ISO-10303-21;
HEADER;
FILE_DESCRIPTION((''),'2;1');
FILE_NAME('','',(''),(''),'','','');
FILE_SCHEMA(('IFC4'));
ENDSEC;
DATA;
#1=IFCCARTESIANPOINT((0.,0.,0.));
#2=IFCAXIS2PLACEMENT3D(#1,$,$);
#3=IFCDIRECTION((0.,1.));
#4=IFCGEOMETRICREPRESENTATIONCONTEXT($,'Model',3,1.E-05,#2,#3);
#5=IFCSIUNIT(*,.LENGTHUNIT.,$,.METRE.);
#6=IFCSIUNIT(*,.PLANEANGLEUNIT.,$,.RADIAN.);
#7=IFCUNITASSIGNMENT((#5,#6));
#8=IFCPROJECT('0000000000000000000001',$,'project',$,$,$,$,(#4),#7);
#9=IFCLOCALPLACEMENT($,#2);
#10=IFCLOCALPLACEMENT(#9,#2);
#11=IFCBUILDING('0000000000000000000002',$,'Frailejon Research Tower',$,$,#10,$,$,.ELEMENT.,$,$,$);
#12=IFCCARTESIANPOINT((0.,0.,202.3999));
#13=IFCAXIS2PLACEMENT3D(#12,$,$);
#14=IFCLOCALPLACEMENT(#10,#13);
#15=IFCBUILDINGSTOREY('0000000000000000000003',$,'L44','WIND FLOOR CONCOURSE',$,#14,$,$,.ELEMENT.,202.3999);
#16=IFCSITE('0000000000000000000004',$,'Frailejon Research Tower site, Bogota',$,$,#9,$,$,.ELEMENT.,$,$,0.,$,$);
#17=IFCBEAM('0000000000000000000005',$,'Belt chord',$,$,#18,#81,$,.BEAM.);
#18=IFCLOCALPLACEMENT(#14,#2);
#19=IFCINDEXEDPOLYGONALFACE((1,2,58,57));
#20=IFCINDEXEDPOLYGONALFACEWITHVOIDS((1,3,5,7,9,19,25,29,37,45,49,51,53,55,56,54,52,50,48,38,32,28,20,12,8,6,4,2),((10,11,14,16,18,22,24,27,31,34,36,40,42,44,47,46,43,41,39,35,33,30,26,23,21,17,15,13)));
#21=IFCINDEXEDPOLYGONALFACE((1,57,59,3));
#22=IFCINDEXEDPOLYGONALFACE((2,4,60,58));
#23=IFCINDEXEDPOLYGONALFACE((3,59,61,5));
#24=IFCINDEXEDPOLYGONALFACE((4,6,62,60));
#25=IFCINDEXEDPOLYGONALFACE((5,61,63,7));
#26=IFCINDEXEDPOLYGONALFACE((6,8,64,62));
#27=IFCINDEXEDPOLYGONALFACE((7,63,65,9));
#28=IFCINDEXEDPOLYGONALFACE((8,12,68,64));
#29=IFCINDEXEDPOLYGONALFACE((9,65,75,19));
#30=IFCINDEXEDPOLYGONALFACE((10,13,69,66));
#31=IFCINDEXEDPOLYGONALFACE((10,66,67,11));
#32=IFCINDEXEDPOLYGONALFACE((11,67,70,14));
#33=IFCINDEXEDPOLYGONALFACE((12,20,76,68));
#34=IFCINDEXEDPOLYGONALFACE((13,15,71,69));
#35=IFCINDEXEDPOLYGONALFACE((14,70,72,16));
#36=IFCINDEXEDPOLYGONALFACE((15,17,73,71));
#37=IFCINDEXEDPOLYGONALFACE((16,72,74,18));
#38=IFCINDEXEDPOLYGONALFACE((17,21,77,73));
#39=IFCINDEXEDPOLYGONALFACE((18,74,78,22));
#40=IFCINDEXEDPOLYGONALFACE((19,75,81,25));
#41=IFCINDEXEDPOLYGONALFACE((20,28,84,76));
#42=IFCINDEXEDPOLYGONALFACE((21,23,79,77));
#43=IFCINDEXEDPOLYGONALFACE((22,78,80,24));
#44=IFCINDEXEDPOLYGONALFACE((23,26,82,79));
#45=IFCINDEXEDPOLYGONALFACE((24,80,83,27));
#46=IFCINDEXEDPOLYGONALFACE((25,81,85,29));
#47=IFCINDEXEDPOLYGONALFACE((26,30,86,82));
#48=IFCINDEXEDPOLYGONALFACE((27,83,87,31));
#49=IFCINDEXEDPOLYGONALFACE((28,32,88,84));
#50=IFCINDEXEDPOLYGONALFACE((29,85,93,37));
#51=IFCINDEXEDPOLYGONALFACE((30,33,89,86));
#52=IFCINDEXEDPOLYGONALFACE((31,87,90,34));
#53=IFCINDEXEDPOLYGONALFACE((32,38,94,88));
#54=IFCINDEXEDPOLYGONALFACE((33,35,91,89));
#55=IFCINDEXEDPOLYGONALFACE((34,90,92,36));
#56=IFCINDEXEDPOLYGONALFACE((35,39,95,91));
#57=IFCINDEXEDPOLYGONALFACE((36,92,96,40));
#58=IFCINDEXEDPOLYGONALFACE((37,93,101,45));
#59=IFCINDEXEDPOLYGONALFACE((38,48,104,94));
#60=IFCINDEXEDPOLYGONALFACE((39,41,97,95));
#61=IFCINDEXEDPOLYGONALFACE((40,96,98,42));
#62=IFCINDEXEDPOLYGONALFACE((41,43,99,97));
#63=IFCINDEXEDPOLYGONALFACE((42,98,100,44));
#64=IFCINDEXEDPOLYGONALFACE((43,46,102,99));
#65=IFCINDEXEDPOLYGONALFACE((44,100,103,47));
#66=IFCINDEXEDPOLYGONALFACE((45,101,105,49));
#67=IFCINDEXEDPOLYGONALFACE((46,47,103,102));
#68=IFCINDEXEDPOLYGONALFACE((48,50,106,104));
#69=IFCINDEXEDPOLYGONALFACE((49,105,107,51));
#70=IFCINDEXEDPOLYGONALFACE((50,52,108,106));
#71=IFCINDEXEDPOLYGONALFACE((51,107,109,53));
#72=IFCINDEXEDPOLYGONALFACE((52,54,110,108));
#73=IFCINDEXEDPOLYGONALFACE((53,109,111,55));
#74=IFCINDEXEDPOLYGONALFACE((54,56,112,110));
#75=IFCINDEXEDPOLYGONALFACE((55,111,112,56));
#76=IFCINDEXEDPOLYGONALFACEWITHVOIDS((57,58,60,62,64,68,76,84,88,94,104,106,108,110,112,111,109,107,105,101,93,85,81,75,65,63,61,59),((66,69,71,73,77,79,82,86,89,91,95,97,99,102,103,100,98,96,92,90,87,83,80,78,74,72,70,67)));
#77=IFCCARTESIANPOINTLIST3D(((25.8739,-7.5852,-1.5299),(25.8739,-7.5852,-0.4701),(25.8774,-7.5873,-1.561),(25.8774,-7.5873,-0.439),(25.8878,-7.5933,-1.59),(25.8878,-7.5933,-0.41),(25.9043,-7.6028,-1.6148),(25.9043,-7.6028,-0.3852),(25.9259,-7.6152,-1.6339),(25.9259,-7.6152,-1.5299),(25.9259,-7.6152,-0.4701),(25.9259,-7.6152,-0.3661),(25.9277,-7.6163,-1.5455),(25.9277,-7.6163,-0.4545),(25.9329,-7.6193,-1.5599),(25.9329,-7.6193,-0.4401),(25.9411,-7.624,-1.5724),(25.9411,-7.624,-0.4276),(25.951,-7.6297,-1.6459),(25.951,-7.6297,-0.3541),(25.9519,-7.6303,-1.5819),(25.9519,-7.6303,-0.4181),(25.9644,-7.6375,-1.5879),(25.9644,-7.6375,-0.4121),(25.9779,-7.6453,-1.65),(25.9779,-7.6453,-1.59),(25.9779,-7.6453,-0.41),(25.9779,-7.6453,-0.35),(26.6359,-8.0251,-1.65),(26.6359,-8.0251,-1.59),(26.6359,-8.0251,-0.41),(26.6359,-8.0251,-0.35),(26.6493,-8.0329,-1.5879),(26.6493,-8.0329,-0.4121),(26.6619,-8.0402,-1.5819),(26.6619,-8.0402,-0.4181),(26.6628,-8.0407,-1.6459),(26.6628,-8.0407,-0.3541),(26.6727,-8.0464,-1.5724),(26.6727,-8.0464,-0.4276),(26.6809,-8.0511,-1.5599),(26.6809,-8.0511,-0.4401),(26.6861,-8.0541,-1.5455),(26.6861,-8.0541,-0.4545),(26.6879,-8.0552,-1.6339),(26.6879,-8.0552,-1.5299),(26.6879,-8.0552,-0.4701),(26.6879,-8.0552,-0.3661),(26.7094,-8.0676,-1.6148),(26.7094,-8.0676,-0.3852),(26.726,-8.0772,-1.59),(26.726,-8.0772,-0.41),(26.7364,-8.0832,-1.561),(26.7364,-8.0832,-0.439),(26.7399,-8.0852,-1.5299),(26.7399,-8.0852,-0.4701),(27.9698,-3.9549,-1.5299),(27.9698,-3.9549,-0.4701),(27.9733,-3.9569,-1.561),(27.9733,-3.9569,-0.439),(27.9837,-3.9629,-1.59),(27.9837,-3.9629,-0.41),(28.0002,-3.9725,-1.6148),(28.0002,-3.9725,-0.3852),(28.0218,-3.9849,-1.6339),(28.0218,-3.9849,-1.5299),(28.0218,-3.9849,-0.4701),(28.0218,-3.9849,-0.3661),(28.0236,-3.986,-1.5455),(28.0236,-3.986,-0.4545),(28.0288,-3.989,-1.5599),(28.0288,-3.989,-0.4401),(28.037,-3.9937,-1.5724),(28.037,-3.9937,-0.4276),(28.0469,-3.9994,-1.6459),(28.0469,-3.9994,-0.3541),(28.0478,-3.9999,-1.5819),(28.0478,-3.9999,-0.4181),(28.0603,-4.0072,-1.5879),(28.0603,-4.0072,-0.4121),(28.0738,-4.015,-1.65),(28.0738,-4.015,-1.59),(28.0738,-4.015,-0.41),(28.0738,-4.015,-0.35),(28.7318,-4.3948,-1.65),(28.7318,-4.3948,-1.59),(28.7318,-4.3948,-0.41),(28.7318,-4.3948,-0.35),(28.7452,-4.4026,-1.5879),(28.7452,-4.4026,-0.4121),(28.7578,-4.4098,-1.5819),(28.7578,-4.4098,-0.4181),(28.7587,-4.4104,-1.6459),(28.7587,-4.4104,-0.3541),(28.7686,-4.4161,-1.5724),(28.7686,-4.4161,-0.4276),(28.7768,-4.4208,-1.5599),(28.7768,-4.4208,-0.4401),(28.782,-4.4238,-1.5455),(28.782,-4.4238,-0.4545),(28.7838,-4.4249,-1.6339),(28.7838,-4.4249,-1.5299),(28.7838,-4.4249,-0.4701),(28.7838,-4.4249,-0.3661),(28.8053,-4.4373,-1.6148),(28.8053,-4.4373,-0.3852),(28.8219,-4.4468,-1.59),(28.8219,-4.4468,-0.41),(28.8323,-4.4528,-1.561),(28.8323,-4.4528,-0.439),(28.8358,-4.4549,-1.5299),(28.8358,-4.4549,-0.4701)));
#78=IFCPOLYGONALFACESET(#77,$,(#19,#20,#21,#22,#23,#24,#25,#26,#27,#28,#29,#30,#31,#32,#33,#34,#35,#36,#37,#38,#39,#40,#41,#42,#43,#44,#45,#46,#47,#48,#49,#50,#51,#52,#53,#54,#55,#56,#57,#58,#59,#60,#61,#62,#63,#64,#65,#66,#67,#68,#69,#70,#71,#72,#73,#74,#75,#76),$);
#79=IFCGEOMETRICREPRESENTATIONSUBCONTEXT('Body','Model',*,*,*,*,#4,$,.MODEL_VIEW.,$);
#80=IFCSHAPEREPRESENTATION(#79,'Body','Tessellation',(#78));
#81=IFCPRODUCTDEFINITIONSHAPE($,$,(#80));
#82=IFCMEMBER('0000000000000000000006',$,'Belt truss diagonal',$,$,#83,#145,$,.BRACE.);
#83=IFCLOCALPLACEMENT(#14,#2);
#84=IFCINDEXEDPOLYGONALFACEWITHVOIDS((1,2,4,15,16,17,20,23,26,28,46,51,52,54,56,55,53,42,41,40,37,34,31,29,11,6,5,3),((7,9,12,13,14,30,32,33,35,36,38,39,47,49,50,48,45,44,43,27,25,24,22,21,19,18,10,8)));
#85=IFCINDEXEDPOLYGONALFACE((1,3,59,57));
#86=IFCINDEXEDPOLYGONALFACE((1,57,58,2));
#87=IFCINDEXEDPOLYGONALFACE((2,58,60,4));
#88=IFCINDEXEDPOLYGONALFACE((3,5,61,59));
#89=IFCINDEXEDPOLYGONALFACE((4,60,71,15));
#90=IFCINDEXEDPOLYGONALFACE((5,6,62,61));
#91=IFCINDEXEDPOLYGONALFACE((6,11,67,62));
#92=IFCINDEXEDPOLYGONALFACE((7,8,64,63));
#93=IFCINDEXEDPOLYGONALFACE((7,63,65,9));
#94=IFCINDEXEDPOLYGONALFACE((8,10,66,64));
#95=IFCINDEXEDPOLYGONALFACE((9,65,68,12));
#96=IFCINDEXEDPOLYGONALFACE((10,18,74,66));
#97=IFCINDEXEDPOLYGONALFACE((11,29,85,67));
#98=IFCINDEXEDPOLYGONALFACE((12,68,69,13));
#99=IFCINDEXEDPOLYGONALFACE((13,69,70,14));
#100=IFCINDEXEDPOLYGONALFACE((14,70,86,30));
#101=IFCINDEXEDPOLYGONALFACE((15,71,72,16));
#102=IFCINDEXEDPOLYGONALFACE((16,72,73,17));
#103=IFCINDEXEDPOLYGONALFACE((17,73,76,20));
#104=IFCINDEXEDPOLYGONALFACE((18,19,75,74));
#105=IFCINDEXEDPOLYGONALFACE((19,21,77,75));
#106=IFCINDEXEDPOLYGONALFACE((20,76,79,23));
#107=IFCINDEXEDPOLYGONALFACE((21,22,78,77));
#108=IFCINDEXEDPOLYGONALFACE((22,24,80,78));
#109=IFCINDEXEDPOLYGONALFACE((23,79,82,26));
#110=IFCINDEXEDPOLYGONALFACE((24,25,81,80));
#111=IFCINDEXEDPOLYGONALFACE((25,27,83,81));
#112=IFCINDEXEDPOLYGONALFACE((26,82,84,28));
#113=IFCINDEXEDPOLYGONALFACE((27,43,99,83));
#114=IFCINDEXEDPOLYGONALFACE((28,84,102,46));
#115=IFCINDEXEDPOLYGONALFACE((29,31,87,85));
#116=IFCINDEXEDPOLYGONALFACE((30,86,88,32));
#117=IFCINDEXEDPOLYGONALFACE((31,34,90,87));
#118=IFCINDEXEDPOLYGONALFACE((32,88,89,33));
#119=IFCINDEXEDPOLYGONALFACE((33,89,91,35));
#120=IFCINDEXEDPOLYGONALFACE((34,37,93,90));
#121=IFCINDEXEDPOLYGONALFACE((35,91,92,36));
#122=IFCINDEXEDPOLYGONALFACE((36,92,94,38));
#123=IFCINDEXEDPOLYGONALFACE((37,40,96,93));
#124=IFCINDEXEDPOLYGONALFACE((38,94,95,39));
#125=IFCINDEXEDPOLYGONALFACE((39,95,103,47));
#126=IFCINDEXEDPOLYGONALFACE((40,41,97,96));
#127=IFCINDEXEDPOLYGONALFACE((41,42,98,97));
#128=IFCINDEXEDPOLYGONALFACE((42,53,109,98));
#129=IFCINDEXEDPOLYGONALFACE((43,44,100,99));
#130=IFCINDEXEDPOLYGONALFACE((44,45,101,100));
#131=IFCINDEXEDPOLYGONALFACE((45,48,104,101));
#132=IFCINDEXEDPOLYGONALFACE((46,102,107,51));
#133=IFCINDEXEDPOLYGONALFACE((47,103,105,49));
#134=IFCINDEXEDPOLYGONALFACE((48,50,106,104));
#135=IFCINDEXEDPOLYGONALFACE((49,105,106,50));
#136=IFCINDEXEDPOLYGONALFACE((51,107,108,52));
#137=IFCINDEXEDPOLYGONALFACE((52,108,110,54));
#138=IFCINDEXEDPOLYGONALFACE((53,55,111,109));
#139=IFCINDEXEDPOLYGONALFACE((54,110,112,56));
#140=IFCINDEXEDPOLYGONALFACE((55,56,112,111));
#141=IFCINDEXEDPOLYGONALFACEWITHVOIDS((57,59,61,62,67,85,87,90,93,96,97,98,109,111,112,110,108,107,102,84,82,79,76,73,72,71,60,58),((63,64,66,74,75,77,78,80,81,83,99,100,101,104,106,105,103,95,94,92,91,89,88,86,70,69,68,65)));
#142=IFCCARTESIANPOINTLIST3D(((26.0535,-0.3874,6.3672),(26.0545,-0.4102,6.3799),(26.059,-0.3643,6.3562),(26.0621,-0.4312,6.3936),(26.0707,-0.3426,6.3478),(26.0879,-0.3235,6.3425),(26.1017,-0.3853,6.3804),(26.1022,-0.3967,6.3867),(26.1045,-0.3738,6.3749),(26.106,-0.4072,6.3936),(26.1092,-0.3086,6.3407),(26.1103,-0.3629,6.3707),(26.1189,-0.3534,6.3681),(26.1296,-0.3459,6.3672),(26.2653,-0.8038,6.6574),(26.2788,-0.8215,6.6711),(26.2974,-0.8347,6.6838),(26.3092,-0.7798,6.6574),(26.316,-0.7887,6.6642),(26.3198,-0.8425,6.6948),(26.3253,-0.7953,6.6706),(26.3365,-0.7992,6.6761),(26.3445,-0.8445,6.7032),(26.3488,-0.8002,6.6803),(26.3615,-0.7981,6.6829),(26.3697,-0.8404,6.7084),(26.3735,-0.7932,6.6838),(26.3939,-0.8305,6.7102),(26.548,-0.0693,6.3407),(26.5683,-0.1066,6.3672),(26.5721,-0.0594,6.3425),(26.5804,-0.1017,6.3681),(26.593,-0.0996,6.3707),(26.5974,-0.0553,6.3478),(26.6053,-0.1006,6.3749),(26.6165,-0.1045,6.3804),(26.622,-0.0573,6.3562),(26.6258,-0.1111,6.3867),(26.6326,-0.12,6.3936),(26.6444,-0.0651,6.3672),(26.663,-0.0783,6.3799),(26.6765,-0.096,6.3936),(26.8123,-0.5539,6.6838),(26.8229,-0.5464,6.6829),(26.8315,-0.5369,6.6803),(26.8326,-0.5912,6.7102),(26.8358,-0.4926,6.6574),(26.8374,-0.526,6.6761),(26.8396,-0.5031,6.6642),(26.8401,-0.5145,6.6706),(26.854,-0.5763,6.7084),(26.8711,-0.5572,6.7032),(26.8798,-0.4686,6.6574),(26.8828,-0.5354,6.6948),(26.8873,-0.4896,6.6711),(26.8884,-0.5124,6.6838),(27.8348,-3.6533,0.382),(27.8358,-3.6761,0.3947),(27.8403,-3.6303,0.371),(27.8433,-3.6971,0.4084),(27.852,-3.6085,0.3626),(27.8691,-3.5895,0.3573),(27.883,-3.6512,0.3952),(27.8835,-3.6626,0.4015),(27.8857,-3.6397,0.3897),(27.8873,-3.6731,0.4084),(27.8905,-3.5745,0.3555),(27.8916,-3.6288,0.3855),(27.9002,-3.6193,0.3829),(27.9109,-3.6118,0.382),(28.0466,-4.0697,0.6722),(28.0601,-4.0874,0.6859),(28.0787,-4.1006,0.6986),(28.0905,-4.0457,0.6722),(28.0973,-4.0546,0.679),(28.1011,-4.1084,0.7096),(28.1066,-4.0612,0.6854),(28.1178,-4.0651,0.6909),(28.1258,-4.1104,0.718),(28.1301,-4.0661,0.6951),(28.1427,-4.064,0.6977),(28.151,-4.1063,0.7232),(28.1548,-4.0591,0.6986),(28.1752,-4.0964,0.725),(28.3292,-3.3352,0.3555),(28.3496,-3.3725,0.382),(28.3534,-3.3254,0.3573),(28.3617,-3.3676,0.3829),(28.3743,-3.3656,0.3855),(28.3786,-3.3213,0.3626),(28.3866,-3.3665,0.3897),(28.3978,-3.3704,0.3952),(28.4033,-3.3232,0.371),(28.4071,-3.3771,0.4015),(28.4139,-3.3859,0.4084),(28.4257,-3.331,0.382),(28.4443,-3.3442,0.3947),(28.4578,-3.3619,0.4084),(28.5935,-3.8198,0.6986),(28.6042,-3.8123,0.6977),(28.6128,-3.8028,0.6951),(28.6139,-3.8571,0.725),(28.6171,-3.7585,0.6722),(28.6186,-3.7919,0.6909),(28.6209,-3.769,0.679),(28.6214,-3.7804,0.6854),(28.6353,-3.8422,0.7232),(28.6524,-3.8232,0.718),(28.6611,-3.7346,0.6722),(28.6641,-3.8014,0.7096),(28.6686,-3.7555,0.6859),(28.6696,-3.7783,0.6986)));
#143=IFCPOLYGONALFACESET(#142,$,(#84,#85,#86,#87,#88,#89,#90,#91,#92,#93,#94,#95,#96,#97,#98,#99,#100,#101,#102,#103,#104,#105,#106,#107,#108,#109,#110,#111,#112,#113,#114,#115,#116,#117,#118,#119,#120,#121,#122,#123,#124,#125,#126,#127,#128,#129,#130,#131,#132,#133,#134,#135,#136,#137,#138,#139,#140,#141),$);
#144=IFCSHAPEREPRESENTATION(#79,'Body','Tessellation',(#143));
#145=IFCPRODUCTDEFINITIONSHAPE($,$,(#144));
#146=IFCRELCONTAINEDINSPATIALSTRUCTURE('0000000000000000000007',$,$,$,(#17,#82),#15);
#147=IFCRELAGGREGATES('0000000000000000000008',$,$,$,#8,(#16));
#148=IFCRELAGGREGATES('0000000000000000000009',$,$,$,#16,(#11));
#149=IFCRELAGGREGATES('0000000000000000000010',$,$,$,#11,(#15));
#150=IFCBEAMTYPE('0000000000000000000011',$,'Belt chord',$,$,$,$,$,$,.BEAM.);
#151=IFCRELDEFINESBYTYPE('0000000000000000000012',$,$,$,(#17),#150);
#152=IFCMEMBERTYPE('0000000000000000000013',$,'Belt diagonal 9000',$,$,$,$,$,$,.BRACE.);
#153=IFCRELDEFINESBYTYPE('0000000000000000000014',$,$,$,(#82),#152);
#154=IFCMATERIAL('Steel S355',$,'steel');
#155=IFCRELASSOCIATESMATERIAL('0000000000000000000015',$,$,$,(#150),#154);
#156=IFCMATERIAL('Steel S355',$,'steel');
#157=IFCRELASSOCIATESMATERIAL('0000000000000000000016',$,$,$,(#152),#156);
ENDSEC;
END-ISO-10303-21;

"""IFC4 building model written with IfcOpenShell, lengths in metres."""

from ifc_helpers import new_model, si_unit, direction, frame, origin, origin_2d, place, context, subcontext, project, spatial, hollow_rectangle, extrude, material, material_profile, profile_set, type_object, element, save


model = new_model("IFC4")

# Units and contexts
model_context = context("Model", 3, precision=1e-05, world=origin(), true_north=direction((0.0, 1.0)))
body_context = subcontext(model_context, "Body", "Model", "MODEL_VIEW")
ifc_project = project(units=[si_unit("LENGTHUNIT", "METRE"), si_unit("PLANEANGLEUNIT", "RADIAN")], contexts=[model_context])

# Site, building, storey
site_placement = place(None, origin())
site = spatial("IfcSite", under=ifc_project, at=site_placement, Name="Frailejon Research Tower site, Bogota", CompositionType="ELEMENT", RefElevation=0.0)
building_placement = place(site_placement, origin())
building = spatial("IfcBuilding", under=site, at=building_placement, Name="Frailejon Research Tower", CompositionType="ELEMENT")
storey_placement = place(building_placement, frame((0.0, 0.0, 202.3999)))
storey = spatial("IfcBuildingStorey", under=building, at=storey_placement, Name="L44", Description="WIND FLOOR CONCOURSE", CompositionType="ELEMENT", Elevation=202.3999)

# Beam
ifc_material_1 = material(Name="Steel S355", Category="steel")
ifc_material_profile_1 = material_profile(ifc_material_1, hollow_rectangle(XDim=1.0, YDim=1.3, WallThickness=0.0601, InnerFilletRadius=0.0601, OuterFilletRadius=0.1201, at=origin_2d()), Name="Belt chord")
ifc_profile_set_1 = profile_set([ifc_material_profile_1], Name="Steel S355")
beam_type_1 = type_object("IfcBeamType", Name="Belt chord", PredefinedType="BEAM", material=ifc_profile_set_1)
for number, where, z_axis, x_axis, name in (
    (1, (26.3069, -7.8352, -1.0), (0.499991, 0.86603, 0.0), (-0.86603, 0.499991, 0.0), "Belt chord"),
):
    element("IfcBeam", number, at=place(storey_placement, frame(where, z_axis=z_axis, x_axis=x_axis)), inside=storey, type_object=beam_type_1, Name=name, PredefinedType="BEAM", context=body_context, shape_type="SweptSolid", body=[
        extrude(hollow_rectangle(XDim=1.0, YDim=1.3, WallThickness=0.0601, InnerFilletRadius=0.0601, OuterFilletRadius=0.1201, at=origin_2d()), origin(), (0.0, 0.0, 1.0), 4.1919),
    ])

# Member
ifc_material_2 = material(Name="Steel S355", Category="steel")
ifc_material_profile_2 = material_profile(ifc_material_2, hollow_rectangle(XDim=0.7, YDim=0.7, WallThickness=0.05, InnerFilletRadius=0.05, OuterFilletRadius=0.1001, at=origin_2d()), Name="Belt diagonal 9000")
ifc_profile_set_2 = profile_set([ifc_material_profile_2], Name="Steel S355")
member_type = type_object("IfcMemberType", Name="Belt diagonal 9000", PredefinedType="BRACE", material=ifc_profile_set_2)
member_1_placement = place(storey_placement, frame((28.2522, -3.7158, 0.5403), z_axis=(-0.252767, 0.463441, 0.849312), x_axis=(-0.877911, -0.478825, 0.0)))
element("IfcMember", 2, at=member_1_placement, inside=storey, type_object=member_type, Name="Belt truss diagonal", PredefinedType="BRACE", context=body_context, shape_type="SweptSolid", body=[
    extrude(hollow_rectangle(XDim=0.7, YDim=0.7, WallThickness=0.05, InnerFilletRadius=0.05, OuterFilletRadius=0.1001, at=origin_2d()), origin(), (0.0, 0.0, 1.0), 7.0471),
])

save(model, "model.ifc")
